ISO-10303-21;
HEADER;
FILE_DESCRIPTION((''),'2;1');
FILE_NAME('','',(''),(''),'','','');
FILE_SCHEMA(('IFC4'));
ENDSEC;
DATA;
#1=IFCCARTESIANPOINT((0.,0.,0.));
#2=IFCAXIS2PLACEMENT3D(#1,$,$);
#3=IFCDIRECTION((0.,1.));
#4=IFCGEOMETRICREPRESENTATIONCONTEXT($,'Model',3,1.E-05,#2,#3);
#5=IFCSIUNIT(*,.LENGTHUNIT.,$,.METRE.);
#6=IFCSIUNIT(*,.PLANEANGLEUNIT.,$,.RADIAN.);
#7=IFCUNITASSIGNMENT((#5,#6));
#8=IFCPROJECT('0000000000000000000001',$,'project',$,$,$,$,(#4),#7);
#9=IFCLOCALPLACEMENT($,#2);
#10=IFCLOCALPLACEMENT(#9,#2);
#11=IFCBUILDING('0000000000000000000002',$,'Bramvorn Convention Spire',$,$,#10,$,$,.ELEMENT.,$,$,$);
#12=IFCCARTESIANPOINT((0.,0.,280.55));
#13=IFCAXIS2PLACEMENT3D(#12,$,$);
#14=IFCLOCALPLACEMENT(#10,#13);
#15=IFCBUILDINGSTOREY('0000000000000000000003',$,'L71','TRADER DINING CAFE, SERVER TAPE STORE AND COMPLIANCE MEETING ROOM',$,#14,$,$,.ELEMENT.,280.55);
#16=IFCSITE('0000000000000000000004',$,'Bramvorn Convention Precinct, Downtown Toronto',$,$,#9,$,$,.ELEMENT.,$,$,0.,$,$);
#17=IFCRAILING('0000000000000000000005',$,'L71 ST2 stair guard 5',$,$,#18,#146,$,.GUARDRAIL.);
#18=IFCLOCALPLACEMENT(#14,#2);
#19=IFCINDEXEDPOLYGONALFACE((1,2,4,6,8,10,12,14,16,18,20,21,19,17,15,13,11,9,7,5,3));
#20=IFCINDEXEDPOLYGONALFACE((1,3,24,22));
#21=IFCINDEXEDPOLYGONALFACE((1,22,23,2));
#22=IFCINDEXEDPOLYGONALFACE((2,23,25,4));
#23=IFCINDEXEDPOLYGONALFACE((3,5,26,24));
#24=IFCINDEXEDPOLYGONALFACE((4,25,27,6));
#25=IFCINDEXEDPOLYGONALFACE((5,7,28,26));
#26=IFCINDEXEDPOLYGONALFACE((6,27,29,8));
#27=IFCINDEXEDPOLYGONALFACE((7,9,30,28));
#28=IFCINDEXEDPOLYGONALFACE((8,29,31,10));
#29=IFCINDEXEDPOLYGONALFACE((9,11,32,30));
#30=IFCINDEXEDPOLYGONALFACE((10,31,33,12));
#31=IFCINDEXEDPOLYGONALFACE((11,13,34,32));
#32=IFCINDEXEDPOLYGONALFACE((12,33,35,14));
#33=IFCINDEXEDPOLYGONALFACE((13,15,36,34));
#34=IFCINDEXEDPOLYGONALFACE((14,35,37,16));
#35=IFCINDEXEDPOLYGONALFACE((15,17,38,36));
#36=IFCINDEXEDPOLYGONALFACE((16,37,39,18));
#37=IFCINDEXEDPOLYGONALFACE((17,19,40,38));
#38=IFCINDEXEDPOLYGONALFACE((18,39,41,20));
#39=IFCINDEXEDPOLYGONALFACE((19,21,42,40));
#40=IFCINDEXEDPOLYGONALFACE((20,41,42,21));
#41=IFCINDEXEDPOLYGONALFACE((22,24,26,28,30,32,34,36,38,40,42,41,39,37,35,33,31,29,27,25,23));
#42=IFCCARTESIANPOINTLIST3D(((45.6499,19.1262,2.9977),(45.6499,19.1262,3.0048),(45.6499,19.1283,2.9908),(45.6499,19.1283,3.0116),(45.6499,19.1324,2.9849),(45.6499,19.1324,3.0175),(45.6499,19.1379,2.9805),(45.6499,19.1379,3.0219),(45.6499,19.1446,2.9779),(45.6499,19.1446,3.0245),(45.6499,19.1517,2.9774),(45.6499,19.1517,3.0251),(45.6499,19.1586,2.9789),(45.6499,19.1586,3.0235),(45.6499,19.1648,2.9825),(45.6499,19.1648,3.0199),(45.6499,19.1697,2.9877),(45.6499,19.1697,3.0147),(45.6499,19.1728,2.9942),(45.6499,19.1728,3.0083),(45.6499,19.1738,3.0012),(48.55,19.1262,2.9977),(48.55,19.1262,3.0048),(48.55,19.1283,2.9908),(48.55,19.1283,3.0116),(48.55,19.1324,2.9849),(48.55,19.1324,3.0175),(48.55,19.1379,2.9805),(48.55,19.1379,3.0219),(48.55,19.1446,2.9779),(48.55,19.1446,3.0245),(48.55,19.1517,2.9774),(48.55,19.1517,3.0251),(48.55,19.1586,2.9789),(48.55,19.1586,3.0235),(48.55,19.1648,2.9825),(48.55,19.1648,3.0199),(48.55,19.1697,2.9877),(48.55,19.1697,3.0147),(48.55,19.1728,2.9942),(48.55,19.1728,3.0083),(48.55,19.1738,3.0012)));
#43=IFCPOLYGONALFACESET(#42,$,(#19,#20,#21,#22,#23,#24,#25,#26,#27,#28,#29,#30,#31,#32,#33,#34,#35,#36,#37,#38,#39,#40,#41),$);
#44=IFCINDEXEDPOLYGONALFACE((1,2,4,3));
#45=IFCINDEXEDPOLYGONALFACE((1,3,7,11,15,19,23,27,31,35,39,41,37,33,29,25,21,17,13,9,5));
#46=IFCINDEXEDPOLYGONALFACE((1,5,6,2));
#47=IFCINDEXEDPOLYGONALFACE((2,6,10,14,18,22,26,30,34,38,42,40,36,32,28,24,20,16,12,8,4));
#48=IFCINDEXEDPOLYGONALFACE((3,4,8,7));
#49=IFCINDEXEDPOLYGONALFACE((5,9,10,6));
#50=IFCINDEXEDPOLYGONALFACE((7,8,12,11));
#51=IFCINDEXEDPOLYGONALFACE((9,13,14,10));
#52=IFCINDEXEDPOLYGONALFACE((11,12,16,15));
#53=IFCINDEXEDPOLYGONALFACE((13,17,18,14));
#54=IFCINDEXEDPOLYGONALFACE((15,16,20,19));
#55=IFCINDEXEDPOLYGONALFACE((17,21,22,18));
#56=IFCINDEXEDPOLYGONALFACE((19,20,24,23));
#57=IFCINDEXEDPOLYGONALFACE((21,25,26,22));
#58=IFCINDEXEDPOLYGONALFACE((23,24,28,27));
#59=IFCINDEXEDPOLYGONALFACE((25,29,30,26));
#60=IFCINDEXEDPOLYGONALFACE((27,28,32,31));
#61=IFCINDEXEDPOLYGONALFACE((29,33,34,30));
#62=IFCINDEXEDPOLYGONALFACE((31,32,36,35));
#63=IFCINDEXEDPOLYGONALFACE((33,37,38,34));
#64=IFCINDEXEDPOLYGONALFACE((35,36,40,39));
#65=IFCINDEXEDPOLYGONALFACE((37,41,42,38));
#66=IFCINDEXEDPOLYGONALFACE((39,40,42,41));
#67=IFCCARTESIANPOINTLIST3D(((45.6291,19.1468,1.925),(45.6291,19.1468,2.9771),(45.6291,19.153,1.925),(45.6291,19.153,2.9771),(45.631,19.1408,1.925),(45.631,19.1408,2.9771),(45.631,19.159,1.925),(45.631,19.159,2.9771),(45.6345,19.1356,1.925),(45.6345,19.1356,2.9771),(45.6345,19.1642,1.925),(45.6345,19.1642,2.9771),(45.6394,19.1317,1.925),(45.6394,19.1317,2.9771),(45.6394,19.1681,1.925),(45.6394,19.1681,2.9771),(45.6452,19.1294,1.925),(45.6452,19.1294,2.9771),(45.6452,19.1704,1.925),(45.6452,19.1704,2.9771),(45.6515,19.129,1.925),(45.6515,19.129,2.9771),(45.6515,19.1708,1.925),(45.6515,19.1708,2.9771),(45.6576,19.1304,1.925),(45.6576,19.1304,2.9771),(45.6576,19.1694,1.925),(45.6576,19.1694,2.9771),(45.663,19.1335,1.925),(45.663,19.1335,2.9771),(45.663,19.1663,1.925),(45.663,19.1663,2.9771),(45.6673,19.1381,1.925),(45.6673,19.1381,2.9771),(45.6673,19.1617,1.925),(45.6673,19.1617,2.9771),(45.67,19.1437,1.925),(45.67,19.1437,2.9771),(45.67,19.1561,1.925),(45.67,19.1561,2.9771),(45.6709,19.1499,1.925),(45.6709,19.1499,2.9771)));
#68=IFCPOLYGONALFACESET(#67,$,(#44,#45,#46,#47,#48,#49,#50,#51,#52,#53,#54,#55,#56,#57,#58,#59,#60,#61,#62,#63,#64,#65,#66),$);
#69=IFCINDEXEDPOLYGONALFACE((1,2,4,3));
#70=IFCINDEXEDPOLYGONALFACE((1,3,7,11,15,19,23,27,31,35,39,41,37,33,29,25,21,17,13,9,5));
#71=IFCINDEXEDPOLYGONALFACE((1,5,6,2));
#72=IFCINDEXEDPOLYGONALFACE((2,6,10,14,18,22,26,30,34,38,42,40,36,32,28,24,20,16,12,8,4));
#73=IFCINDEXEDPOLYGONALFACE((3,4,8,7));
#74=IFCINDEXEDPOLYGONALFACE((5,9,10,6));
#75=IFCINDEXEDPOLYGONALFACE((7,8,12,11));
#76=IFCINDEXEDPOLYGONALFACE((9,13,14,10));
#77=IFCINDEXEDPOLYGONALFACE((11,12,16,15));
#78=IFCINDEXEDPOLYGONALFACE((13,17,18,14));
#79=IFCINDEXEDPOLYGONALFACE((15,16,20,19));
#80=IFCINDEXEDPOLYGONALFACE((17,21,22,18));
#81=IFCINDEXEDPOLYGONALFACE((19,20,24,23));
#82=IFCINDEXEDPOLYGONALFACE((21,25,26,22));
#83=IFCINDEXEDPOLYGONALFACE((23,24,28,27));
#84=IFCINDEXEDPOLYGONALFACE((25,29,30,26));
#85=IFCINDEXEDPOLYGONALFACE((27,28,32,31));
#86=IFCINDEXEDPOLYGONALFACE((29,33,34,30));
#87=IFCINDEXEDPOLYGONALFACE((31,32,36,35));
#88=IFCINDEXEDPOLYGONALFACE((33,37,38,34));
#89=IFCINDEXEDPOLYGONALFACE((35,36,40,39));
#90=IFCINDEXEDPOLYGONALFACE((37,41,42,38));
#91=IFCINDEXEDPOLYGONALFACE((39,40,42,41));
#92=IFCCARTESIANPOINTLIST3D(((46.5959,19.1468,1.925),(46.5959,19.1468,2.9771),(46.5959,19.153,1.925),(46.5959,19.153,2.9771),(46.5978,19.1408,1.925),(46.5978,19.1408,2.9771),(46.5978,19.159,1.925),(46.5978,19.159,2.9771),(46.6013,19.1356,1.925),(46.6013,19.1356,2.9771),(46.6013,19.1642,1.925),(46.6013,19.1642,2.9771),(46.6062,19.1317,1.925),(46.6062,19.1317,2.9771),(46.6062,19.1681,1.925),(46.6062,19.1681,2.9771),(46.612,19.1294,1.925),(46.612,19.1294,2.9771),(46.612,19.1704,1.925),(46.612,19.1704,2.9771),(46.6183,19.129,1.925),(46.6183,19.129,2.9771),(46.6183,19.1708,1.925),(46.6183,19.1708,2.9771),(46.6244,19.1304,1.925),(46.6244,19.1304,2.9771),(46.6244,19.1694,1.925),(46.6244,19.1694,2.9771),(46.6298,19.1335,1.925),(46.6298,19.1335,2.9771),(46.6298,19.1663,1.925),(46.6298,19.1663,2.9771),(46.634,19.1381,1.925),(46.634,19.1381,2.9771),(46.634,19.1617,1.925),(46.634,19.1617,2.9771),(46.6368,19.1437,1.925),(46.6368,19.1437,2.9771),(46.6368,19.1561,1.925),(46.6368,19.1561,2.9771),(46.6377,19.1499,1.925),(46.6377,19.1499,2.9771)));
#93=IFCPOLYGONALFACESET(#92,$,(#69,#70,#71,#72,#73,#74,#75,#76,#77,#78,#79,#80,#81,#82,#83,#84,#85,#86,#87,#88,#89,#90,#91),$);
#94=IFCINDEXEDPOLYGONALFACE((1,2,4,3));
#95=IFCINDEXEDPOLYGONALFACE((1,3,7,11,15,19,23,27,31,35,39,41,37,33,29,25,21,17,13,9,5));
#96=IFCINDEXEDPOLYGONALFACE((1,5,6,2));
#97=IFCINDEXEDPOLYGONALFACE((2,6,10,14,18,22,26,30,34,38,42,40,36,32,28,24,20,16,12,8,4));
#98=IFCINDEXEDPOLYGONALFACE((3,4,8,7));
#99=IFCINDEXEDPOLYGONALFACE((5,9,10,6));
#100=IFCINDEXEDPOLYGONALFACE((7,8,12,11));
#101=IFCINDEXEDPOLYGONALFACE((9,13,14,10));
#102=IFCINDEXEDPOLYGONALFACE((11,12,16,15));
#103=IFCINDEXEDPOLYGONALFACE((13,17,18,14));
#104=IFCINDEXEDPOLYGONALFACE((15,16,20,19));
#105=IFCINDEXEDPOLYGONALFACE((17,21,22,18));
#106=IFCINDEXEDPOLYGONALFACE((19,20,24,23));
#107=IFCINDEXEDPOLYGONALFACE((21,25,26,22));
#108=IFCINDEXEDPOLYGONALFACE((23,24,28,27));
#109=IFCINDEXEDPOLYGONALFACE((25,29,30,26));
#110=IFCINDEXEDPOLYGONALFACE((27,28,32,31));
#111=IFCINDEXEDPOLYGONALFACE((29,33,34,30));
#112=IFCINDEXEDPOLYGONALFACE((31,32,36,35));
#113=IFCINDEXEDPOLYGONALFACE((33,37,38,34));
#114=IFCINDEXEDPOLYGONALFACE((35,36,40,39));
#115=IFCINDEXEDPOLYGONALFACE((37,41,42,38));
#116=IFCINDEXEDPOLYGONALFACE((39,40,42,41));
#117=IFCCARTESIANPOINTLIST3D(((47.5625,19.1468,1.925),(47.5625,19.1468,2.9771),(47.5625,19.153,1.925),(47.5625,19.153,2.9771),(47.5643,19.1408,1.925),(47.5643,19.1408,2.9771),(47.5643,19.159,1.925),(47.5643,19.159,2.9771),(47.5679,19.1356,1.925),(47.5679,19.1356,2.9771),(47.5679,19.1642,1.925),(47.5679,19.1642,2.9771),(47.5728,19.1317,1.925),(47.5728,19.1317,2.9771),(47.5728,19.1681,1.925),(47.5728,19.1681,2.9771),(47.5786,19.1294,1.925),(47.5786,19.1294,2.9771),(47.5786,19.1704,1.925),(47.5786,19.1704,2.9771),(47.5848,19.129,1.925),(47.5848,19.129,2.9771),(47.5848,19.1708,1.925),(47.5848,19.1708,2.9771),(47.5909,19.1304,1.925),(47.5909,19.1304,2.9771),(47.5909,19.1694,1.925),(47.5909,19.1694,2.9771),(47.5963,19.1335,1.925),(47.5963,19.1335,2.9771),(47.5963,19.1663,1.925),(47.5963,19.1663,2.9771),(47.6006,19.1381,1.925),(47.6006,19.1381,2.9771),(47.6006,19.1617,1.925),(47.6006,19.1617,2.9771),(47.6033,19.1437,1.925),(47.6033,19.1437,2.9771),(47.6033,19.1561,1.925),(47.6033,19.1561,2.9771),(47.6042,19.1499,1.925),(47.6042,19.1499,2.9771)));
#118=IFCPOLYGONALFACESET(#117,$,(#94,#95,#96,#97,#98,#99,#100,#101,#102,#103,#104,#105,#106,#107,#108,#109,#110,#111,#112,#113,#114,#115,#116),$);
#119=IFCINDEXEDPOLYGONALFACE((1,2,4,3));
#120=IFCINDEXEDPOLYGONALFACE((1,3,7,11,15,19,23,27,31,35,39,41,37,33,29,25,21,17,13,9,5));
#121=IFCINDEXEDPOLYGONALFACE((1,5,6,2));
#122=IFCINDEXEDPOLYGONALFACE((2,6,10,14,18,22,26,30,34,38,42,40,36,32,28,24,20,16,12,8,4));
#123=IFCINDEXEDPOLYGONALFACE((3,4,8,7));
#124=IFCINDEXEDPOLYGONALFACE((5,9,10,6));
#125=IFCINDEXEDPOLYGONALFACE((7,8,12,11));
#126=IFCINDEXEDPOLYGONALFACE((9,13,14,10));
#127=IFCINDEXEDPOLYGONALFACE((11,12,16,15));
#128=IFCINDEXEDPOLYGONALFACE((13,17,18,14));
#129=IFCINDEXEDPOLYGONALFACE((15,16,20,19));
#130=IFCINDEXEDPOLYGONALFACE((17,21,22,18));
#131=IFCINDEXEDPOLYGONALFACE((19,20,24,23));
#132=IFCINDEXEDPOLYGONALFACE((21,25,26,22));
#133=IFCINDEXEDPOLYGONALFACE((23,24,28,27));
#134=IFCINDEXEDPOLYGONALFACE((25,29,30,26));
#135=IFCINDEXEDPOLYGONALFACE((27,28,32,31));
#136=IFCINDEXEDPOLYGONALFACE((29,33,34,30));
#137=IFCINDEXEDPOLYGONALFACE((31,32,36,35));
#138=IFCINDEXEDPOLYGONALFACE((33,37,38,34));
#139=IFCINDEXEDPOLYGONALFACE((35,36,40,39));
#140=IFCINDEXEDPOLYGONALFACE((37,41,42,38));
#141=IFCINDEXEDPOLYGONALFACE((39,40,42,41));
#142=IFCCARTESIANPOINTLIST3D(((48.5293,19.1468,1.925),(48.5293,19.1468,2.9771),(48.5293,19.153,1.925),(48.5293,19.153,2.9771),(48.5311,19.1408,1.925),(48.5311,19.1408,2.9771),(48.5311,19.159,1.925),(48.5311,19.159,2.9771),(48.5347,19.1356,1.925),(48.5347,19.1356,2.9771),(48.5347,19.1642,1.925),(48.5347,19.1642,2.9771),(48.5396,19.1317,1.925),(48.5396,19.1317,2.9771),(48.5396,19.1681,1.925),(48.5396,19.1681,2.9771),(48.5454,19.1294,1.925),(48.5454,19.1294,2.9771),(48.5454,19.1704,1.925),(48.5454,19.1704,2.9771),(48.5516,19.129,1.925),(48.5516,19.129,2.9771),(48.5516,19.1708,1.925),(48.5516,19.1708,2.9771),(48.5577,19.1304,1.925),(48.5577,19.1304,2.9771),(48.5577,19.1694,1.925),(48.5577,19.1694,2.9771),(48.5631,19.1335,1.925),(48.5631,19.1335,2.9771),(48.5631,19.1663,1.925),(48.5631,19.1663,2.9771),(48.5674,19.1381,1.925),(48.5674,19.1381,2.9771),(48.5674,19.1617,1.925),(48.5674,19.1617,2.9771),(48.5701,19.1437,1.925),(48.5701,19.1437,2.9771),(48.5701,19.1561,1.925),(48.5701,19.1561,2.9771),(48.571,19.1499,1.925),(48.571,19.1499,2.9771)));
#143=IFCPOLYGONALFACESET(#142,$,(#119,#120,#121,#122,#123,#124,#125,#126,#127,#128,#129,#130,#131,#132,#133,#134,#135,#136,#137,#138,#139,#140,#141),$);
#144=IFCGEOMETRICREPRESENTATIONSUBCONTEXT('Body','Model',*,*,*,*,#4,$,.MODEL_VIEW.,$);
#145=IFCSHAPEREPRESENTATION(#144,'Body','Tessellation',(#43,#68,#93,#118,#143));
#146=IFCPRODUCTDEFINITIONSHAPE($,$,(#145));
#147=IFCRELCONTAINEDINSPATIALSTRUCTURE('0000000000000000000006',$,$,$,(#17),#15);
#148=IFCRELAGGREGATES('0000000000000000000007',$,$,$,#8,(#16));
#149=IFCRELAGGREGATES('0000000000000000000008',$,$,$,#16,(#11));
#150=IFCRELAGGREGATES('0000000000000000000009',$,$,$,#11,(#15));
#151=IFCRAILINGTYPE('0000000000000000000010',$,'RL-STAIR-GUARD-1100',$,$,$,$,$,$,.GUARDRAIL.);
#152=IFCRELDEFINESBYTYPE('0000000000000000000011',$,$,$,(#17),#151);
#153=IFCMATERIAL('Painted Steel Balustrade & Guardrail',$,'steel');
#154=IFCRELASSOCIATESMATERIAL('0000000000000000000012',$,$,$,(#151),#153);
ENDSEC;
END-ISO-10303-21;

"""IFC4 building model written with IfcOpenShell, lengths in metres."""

from ifc_helpers import new_model, si_unit, direction, frame, origin, origin_2d, place, context, subcontext, project, spatial, circle, extrude, material, type_object, element, save


model = new_model("IFC4")

# Units and contexts
model_context = context("Model", 3, precision=1e-05, world=origin(), true_north=direction((0.0, 1.0)))
body_context = subcontext(model_context, "Body", "Model", "MODEL_VIEW")
ifc_project = project(units=[si_unit("LENGTHUNIT", "METRE"), si_unit("PLANEANGLEUNIT", "RADIAN")], contexts=[model_context])

# Site, building, storey
site_placement = place(None, origin())
site = spatial("IfcSite", under=ifc_project, at=site_placement, Name="Bramvorn Convention Precinct, Downtown Toronto", CompositionType="ELEMENT", RefElevation=0.0)
building_placement = place(site_placement, origin())
building = spatial("IfcBuilding", under=site, at=building_placement, Name="Bramvorn Convention Spire", CompositionType="ELEMENT")
storey_placement = place(building_placement, frame((0.0, 0.0, 280.55)))
storey = spatial("IfcBuildingStorey", under=building, at=storey_placement, Name="L71", Description="TRADER DINING CAFE, SERVER TAPE STORE AND COMPLIANCE MEETING ROOM", CompositionType="ELEMENT", Elevation=280.55)

# Railing
ifc_material_1 = material(Name="Painted Steel Balustrade & Guardrail", Category="steel")
railing_type = type_object("IfcRailingType", Name="RL-STAIR-GUARD-1100", PredefinedType="GUARDRAIL", material=ifc_material_1)
railing_1_placement = place(storey_placement, frame((45.6499, 19.1499, 1.925)))
element("IfcRailing", 1, at=railing_1_placement, inside=storey, type_object=railing_type, Name="L71 ST2 stair guard 5", PredefinedType="GUARDRAIL", context=body_context, shape_type="SweptSolid", body=[
    extrude(circle(Radius=0.0239, at=origin_2d()), frame((0.0, 0.0, 1.0762), z_axis=(1.0, 0.0, 0.0), x_axis=(0.0, 1.0, 0.0)), (0.0, 0.0, 1.0), 2.9001),
    extrude(circle(Radius=0.021, at=origin_2d()), origin(), (0.0, 0.0, 1.0), 1.052),
    extrude(circle(Radius=0.021, at=origin_2d()), frame((0.9668, 0.0, 0.0)), (0.0, 0.0, 1.0), 1.052),
    extrude(circle(Radius=0.021, at=origin_2d()), frame((1.9333, 0.0, 0.0)), (0.0, 0.0, 1.0), 1.052),
    extrude(circle(Radius=0.021, at=origin_2d()), frame((2.9001, 0.0, 0.0)), (0.0, 0.0, 1.0), 1.052),
])

save(model, "model.ifc")
